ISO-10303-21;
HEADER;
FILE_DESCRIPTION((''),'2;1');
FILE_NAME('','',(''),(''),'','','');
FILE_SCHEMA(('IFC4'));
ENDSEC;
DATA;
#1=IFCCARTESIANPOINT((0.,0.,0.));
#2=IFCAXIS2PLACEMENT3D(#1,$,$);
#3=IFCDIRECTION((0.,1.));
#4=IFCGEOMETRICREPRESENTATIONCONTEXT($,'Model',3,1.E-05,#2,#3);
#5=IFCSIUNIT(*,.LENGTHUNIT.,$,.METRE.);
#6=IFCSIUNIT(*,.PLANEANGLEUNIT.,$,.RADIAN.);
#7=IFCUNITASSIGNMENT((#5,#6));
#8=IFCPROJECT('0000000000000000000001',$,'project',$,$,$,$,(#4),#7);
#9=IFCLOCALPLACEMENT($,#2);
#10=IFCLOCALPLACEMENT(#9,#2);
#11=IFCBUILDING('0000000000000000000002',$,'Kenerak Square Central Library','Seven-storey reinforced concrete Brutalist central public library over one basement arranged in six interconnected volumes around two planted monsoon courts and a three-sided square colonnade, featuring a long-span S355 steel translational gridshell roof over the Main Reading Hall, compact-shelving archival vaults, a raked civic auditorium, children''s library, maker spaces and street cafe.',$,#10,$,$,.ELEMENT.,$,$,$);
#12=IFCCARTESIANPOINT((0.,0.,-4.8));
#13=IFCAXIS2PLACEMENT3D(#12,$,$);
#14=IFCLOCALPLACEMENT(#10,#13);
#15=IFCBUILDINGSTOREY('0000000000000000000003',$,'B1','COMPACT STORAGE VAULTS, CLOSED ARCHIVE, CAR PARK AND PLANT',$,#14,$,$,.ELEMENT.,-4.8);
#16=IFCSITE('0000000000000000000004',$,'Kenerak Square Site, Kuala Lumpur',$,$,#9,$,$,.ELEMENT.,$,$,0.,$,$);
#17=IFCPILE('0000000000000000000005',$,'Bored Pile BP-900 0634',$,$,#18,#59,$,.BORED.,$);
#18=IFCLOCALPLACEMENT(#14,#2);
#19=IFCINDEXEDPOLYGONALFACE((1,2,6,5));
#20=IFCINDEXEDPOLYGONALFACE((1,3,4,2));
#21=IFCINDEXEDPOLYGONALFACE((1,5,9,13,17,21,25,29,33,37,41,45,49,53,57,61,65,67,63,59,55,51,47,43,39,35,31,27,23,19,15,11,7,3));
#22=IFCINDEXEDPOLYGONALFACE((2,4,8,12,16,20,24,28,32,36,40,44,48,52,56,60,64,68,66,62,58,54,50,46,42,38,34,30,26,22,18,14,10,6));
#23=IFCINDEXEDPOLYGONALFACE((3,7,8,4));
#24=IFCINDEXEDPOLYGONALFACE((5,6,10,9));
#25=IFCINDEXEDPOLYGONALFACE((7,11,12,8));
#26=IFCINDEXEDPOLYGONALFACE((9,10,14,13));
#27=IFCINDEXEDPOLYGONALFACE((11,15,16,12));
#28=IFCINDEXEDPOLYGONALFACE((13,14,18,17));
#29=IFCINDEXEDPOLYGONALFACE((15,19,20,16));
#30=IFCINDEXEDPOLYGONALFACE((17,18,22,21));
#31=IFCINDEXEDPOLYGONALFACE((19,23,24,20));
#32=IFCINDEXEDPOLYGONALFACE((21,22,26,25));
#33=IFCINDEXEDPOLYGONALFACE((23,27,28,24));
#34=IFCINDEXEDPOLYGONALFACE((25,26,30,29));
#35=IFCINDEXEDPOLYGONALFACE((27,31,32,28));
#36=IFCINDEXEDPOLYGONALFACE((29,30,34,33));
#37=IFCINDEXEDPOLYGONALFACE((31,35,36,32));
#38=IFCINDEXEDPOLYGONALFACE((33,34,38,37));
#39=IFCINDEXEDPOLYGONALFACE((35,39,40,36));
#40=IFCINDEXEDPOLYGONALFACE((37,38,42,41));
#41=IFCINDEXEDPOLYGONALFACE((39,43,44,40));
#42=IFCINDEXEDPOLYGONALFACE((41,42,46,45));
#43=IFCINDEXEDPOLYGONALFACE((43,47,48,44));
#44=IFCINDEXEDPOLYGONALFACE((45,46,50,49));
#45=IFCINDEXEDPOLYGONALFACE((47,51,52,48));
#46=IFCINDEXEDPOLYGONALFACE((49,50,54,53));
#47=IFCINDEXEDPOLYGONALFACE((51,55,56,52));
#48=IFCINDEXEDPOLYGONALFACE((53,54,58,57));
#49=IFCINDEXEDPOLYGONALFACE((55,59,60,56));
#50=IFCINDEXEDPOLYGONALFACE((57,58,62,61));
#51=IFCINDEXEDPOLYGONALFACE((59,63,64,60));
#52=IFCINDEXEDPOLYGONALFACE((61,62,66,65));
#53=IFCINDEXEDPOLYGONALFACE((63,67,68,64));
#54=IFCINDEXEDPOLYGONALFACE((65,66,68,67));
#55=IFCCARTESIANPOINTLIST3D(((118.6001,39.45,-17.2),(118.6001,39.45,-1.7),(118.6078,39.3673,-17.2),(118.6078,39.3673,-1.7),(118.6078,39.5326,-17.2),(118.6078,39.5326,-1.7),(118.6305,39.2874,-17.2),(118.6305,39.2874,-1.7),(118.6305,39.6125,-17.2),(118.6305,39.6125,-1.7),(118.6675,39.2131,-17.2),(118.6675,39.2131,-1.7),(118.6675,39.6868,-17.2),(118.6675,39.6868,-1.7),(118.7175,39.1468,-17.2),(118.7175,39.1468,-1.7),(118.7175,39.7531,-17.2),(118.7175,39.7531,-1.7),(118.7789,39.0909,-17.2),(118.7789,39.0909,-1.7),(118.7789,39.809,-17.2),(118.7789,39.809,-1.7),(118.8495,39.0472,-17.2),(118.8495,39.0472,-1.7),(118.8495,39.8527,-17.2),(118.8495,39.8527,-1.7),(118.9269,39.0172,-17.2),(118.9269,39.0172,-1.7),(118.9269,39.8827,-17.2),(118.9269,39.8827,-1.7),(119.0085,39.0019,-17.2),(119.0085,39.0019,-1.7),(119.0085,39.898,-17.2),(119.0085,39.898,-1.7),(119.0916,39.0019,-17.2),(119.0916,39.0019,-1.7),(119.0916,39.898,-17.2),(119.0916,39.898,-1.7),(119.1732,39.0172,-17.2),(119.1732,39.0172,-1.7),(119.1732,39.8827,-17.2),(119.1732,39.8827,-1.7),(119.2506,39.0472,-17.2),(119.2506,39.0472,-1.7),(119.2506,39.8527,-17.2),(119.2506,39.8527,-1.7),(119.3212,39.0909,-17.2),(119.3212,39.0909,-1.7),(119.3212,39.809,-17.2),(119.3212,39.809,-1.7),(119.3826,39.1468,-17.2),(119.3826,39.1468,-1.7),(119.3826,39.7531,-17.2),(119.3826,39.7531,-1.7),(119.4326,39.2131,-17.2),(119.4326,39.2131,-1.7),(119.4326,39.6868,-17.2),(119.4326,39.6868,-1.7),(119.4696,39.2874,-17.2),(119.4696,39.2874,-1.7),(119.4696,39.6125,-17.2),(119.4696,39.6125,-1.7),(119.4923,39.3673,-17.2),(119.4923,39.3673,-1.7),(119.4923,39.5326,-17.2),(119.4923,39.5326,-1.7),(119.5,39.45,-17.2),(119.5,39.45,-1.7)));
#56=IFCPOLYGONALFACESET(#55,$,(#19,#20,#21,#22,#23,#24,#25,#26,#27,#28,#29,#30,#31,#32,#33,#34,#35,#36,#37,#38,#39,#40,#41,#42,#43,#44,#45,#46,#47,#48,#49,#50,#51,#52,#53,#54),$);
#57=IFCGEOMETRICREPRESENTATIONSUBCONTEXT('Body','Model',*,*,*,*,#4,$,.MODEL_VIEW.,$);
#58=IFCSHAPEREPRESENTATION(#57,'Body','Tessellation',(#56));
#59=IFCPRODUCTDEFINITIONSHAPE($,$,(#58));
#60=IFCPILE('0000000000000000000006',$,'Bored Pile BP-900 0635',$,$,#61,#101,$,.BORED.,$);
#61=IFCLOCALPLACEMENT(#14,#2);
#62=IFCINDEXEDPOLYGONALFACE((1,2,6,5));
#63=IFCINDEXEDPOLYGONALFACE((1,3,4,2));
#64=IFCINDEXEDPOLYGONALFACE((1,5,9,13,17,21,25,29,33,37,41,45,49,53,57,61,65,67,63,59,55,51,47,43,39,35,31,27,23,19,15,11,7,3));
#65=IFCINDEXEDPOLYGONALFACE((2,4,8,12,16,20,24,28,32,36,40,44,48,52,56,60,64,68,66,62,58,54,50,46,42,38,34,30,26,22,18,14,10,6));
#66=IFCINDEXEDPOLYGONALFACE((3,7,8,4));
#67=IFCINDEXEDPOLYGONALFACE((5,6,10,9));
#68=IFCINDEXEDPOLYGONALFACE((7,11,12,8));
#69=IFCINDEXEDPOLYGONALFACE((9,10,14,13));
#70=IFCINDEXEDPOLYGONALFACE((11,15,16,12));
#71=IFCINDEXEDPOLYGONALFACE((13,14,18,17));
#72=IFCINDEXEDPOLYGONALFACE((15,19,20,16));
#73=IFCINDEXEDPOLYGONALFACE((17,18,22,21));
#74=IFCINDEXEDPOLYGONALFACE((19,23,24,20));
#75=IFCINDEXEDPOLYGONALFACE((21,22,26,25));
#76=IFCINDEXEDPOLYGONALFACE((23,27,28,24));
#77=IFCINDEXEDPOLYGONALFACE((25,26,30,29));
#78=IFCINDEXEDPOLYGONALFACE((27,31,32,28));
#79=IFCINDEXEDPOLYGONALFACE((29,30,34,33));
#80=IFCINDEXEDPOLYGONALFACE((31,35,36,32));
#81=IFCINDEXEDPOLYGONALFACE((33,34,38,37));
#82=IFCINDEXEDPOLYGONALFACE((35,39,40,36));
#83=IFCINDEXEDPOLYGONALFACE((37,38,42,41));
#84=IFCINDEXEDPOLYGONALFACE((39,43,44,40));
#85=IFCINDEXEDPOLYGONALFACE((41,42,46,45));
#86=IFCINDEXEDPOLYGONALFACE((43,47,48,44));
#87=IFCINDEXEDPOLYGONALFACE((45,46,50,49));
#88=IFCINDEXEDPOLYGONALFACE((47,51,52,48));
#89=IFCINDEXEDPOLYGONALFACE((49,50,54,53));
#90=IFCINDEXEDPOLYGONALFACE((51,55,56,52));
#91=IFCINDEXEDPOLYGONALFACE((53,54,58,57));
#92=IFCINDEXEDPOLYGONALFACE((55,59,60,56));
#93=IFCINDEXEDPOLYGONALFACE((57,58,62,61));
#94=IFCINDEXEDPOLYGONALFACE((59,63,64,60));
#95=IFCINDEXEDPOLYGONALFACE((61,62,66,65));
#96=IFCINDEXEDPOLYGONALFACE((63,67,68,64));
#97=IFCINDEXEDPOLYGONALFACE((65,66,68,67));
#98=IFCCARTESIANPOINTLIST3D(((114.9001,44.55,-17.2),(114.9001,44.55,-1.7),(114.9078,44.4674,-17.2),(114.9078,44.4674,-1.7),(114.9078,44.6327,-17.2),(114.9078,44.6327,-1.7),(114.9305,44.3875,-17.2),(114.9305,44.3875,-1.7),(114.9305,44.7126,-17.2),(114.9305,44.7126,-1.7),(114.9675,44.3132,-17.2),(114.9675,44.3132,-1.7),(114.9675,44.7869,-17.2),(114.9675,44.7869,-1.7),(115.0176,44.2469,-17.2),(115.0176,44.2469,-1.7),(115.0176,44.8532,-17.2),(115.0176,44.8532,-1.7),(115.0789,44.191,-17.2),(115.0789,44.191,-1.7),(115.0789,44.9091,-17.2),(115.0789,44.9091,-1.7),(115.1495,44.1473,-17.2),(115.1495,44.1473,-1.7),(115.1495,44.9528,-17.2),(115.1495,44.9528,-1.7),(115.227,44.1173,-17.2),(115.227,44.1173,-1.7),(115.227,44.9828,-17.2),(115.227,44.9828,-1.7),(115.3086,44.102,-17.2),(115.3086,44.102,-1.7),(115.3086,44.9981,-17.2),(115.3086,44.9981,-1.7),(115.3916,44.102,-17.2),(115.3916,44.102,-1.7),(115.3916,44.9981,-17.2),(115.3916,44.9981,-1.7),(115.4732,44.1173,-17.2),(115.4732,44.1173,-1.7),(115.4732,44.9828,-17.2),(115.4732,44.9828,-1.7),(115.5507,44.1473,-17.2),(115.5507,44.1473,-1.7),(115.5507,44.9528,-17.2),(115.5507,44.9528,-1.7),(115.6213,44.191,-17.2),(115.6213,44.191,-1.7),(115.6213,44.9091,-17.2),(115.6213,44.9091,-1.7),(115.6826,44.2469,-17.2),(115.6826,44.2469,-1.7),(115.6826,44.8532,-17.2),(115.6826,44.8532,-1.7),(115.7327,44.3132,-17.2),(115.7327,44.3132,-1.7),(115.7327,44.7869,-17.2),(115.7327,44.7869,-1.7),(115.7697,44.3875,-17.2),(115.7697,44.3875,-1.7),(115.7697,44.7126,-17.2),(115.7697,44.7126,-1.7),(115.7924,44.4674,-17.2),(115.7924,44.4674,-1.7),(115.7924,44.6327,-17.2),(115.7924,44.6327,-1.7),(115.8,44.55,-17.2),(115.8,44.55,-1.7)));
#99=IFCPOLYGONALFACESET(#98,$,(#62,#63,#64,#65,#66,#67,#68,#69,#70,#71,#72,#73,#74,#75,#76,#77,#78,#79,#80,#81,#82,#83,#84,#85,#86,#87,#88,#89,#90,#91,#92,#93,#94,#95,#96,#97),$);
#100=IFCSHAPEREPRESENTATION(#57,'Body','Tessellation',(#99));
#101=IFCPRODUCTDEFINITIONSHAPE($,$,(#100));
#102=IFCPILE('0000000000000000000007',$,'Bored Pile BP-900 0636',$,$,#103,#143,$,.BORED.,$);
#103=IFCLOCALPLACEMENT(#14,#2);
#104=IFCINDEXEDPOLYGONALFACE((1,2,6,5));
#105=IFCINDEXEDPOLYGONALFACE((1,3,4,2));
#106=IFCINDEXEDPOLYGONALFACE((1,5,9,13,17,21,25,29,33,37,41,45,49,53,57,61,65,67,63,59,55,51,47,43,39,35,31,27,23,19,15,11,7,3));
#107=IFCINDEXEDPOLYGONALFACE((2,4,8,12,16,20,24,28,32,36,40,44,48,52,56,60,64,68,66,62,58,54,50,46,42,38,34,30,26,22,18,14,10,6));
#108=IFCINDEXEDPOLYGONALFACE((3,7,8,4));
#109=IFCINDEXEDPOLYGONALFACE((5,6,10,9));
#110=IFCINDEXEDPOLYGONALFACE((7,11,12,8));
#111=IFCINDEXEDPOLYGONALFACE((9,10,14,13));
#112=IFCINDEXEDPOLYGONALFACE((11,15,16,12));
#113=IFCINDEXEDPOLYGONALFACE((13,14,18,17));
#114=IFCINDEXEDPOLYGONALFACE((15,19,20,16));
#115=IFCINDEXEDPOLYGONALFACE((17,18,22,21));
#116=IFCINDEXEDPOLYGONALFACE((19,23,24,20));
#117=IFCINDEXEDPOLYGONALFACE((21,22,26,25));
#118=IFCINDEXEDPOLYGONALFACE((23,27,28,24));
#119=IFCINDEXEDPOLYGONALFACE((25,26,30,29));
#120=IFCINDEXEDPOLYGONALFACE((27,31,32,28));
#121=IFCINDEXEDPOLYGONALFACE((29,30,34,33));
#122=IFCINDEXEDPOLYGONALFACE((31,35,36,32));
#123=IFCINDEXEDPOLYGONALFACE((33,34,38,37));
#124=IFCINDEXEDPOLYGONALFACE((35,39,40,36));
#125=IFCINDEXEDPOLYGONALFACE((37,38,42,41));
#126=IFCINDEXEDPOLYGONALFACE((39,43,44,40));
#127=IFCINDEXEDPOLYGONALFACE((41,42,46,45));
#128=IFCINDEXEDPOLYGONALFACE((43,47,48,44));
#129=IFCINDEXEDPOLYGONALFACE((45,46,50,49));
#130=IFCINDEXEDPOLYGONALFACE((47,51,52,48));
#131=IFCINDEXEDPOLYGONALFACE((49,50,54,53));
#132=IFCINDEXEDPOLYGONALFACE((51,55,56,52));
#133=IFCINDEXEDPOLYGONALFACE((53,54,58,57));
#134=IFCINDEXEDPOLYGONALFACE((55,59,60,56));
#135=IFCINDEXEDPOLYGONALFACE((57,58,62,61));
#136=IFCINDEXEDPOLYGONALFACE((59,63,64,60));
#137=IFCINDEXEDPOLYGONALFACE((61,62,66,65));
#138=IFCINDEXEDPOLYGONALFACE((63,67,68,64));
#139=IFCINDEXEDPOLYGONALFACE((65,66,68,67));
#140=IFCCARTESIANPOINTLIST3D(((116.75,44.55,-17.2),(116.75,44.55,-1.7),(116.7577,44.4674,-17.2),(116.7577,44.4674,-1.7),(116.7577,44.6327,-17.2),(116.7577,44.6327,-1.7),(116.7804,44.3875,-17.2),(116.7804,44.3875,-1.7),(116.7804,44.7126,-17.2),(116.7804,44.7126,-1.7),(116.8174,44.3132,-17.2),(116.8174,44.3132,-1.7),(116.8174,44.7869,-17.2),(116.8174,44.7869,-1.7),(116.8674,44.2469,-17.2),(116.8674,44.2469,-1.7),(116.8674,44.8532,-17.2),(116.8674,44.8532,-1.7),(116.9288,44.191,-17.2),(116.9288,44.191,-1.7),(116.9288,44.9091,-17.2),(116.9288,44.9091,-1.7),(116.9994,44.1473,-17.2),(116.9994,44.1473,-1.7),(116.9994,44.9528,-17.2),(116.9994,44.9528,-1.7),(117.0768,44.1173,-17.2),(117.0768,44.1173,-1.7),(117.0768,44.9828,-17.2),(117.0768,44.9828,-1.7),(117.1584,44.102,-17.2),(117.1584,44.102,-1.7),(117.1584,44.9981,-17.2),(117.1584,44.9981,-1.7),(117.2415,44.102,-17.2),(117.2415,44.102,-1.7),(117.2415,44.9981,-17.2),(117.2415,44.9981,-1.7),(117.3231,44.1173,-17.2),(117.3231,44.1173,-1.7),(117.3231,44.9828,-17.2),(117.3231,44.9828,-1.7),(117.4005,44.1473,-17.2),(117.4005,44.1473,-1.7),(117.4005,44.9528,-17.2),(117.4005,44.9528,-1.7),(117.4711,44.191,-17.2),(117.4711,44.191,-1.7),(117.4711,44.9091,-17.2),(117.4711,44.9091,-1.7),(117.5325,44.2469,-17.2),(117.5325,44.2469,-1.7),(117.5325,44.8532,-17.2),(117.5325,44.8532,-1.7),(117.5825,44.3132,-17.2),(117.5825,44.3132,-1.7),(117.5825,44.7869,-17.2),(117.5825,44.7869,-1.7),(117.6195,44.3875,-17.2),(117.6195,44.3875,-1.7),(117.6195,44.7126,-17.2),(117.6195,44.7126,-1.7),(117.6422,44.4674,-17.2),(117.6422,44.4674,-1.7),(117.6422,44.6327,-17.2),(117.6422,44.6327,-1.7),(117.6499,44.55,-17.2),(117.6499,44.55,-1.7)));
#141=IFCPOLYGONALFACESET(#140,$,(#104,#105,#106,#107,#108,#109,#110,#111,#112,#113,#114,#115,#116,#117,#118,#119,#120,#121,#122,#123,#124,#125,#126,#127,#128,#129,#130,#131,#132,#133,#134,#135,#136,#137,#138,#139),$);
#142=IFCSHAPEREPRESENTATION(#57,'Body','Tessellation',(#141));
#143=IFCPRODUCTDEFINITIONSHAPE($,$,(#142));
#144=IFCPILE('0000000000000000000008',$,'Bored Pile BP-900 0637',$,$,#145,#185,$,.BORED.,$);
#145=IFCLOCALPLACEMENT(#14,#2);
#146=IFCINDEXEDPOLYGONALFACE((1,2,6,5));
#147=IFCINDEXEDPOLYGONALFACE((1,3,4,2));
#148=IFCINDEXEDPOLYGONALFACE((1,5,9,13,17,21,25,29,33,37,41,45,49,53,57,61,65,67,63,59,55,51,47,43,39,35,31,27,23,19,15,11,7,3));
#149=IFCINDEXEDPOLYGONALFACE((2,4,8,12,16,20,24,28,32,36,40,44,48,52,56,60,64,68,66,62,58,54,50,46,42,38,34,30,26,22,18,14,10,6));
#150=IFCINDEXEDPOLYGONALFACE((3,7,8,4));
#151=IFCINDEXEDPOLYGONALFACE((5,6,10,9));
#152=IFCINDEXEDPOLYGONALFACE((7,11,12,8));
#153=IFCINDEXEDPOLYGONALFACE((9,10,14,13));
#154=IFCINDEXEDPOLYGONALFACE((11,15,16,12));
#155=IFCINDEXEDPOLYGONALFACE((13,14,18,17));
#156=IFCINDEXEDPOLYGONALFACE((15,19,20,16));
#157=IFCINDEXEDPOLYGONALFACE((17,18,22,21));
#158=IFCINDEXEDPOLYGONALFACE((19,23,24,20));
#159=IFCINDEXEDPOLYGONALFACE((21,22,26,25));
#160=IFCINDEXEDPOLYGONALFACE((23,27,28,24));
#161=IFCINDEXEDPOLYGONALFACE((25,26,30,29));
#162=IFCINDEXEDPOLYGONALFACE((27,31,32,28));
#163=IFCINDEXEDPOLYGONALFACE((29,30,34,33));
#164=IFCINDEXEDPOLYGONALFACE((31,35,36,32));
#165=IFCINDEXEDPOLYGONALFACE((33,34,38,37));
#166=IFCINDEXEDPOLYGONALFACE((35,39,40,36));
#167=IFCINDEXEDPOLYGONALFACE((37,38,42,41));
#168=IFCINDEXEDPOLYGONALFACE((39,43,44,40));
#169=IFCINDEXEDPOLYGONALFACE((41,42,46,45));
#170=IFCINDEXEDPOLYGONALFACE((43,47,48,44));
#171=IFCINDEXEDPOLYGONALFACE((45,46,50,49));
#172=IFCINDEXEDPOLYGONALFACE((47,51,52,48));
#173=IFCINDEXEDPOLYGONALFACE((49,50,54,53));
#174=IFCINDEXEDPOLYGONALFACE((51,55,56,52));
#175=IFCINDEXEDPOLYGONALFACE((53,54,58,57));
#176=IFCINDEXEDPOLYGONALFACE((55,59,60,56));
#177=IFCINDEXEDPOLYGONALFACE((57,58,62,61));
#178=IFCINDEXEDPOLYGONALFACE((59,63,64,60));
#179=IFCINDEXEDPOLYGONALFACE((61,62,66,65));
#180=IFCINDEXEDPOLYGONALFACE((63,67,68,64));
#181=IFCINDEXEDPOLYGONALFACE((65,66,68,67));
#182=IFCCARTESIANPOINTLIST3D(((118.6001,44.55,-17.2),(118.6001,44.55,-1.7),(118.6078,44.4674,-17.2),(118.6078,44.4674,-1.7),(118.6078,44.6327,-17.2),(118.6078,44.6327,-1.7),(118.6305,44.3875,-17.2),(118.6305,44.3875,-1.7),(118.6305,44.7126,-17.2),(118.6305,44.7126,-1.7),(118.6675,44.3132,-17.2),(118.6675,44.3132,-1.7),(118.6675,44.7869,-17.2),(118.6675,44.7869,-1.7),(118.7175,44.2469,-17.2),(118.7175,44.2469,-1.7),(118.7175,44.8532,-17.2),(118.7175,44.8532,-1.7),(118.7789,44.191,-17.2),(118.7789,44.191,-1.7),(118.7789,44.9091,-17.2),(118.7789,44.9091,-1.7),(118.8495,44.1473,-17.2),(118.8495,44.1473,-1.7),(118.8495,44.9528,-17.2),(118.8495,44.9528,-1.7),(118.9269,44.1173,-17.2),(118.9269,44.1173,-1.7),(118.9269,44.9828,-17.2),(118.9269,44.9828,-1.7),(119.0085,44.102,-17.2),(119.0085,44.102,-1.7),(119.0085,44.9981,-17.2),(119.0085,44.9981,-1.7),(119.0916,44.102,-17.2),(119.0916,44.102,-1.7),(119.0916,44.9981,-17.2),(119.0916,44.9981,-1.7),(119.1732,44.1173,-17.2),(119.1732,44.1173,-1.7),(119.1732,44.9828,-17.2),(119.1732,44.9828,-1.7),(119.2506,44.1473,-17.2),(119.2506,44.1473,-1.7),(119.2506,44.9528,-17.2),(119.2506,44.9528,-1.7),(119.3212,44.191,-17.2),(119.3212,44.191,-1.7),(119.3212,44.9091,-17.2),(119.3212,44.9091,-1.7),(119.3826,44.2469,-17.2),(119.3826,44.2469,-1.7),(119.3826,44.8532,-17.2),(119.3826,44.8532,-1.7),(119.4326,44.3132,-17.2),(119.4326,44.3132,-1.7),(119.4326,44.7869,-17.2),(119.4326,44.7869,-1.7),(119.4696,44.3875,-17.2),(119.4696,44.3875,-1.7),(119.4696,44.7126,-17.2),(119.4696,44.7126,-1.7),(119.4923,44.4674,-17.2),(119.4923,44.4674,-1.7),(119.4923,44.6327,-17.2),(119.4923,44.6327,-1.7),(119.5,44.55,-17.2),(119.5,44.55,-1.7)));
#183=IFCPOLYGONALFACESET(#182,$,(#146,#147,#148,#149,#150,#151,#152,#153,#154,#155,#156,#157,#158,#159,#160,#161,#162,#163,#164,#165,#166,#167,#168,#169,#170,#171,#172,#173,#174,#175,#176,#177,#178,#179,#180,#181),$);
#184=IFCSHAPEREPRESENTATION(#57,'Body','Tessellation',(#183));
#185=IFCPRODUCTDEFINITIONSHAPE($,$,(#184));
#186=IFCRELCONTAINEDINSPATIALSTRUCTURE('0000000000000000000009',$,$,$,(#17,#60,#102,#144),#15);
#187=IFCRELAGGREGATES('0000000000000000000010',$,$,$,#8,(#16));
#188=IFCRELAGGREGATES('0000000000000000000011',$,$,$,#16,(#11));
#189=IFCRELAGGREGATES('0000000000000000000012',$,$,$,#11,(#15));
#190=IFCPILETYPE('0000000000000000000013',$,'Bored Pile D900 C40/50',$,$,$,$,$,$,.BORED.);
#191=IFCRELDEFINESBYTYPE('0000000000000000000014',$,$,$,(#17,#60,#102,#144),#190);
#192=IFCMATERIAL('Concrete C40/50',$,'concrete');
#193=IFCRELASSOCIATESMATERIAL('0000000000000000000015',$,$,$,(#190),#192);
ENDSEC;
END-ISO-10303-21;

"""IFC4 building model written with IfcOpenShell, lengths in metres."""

from ifc_helpers import new_model, si_unit, direction, frame, origin, origin_2d, place, context, subcontext, project, spatial, circle, extrude, material, material_profile, profile_set, type_object, element, save


model = new_model("IFC4")

# Units and contexts
model_context = context("Model", 3, precision=1e-05, world=origin(), true_north=direction((0.0, 1.0)))
body_context = subcontext(model_context, "Body", "Model", "MODEL_VIEW")
ifc_project = project(units=[si_unit("LENGTHUNIT", "METRE"), si_unit("PLANEANGLEUNIT", "RADIAN")], contexts=[model_context])

# Site, building, storey
site_placement = place(None, origin())
site = spatial("IfcSite", under=ifc_project, at=site_placement, Name="Kenerak Square Site, Kuala Lumpur", CompositionType="ELEMENT", RefElevation=0.0)
building_placement = place(site_placement, origin())
building = spatial("IfcBuilding", under=site, at=building_placement, Name="Kenerak Square Central Library", Description="Seven-storey reinforced concrete Brutalist central public library over one basement arranged in six interconnected volumes around two planted monsoon courts and a three-sided square colonnade, featuring a long-span S355 steel translational gridshell roof over the Main Reading Hall, compact-shelving archival vaults, a raked civic auditorium, children's library, maker spaces and street cafe.", CompositionType="ELEMENT")
storey_placement = place(building_placement, frame((0.0, 0.0, -4.8)))
storey = spatial("IfcBuildingStorey", under=building, at=storey_placement, Name="B1", Description="COMPACT STORAGE VAULTS, CLOSED ARCHIVE, CAR PARK AND PLANT", CompositionType="ELEMENT", Elevation=-4.8)

# Piles
ifc_material_1 = material(Name="Concrete C40/50", Category="concrete")
ifc_material_profile_1 = material_profile(ifc_material_1, circle(Radius=0.45, at=origin_2d()), Name="BP D900")
ifc_profile_set_1 = profile_set([ifc_material_profile_1], Name="Concrete C40/50")
pile_type_1 = type_object("IfcPileType", Name="Bored Pile D900 C40/50", PredefinedType="BORED", material=ifc_profile_set_1)
for number, where, z_axis, x_axis, name in (
    (1, (119.05, 39.45, -1.7), (0.0, 0.0, -1.0), (1.0, 0.0, 0.0), "Bored Pile BP-900 0634"),
    (2, (115.3501, 44.55, -1.7), (0.0, 0.0, -1.0), (1.0, 0.0, 0.0), "Bored Pile BP-900 0635"),
    (3, (117.2, 44.55, -1.7), (0.0, 0.0, -1.0), (1.0, 0.0, 0.0), "Bored Pile BP-900 0636"),
    (4, (119.05, 44.55, -1.7), (0.0, 0.0, -1.0), (1.0, 0.0, 0.0), "Bored Pile BP-900 0637"),
):
    element("IfcPile", number, at=place(storey_placement, frame(where, z_axis=z_axis, x_axis=x_axis)), inside=storey, type_object=pile_type_1, Name=name, PredefinedType="BORED", context=body_context, shape_type="SweptSolid", body=[
        extrude(circle(Radius=0.45, at=origin_2d()), origin(), (0.0, 0.0, 1.0), 15.5),
    ])

save(model, "model.ifc")
